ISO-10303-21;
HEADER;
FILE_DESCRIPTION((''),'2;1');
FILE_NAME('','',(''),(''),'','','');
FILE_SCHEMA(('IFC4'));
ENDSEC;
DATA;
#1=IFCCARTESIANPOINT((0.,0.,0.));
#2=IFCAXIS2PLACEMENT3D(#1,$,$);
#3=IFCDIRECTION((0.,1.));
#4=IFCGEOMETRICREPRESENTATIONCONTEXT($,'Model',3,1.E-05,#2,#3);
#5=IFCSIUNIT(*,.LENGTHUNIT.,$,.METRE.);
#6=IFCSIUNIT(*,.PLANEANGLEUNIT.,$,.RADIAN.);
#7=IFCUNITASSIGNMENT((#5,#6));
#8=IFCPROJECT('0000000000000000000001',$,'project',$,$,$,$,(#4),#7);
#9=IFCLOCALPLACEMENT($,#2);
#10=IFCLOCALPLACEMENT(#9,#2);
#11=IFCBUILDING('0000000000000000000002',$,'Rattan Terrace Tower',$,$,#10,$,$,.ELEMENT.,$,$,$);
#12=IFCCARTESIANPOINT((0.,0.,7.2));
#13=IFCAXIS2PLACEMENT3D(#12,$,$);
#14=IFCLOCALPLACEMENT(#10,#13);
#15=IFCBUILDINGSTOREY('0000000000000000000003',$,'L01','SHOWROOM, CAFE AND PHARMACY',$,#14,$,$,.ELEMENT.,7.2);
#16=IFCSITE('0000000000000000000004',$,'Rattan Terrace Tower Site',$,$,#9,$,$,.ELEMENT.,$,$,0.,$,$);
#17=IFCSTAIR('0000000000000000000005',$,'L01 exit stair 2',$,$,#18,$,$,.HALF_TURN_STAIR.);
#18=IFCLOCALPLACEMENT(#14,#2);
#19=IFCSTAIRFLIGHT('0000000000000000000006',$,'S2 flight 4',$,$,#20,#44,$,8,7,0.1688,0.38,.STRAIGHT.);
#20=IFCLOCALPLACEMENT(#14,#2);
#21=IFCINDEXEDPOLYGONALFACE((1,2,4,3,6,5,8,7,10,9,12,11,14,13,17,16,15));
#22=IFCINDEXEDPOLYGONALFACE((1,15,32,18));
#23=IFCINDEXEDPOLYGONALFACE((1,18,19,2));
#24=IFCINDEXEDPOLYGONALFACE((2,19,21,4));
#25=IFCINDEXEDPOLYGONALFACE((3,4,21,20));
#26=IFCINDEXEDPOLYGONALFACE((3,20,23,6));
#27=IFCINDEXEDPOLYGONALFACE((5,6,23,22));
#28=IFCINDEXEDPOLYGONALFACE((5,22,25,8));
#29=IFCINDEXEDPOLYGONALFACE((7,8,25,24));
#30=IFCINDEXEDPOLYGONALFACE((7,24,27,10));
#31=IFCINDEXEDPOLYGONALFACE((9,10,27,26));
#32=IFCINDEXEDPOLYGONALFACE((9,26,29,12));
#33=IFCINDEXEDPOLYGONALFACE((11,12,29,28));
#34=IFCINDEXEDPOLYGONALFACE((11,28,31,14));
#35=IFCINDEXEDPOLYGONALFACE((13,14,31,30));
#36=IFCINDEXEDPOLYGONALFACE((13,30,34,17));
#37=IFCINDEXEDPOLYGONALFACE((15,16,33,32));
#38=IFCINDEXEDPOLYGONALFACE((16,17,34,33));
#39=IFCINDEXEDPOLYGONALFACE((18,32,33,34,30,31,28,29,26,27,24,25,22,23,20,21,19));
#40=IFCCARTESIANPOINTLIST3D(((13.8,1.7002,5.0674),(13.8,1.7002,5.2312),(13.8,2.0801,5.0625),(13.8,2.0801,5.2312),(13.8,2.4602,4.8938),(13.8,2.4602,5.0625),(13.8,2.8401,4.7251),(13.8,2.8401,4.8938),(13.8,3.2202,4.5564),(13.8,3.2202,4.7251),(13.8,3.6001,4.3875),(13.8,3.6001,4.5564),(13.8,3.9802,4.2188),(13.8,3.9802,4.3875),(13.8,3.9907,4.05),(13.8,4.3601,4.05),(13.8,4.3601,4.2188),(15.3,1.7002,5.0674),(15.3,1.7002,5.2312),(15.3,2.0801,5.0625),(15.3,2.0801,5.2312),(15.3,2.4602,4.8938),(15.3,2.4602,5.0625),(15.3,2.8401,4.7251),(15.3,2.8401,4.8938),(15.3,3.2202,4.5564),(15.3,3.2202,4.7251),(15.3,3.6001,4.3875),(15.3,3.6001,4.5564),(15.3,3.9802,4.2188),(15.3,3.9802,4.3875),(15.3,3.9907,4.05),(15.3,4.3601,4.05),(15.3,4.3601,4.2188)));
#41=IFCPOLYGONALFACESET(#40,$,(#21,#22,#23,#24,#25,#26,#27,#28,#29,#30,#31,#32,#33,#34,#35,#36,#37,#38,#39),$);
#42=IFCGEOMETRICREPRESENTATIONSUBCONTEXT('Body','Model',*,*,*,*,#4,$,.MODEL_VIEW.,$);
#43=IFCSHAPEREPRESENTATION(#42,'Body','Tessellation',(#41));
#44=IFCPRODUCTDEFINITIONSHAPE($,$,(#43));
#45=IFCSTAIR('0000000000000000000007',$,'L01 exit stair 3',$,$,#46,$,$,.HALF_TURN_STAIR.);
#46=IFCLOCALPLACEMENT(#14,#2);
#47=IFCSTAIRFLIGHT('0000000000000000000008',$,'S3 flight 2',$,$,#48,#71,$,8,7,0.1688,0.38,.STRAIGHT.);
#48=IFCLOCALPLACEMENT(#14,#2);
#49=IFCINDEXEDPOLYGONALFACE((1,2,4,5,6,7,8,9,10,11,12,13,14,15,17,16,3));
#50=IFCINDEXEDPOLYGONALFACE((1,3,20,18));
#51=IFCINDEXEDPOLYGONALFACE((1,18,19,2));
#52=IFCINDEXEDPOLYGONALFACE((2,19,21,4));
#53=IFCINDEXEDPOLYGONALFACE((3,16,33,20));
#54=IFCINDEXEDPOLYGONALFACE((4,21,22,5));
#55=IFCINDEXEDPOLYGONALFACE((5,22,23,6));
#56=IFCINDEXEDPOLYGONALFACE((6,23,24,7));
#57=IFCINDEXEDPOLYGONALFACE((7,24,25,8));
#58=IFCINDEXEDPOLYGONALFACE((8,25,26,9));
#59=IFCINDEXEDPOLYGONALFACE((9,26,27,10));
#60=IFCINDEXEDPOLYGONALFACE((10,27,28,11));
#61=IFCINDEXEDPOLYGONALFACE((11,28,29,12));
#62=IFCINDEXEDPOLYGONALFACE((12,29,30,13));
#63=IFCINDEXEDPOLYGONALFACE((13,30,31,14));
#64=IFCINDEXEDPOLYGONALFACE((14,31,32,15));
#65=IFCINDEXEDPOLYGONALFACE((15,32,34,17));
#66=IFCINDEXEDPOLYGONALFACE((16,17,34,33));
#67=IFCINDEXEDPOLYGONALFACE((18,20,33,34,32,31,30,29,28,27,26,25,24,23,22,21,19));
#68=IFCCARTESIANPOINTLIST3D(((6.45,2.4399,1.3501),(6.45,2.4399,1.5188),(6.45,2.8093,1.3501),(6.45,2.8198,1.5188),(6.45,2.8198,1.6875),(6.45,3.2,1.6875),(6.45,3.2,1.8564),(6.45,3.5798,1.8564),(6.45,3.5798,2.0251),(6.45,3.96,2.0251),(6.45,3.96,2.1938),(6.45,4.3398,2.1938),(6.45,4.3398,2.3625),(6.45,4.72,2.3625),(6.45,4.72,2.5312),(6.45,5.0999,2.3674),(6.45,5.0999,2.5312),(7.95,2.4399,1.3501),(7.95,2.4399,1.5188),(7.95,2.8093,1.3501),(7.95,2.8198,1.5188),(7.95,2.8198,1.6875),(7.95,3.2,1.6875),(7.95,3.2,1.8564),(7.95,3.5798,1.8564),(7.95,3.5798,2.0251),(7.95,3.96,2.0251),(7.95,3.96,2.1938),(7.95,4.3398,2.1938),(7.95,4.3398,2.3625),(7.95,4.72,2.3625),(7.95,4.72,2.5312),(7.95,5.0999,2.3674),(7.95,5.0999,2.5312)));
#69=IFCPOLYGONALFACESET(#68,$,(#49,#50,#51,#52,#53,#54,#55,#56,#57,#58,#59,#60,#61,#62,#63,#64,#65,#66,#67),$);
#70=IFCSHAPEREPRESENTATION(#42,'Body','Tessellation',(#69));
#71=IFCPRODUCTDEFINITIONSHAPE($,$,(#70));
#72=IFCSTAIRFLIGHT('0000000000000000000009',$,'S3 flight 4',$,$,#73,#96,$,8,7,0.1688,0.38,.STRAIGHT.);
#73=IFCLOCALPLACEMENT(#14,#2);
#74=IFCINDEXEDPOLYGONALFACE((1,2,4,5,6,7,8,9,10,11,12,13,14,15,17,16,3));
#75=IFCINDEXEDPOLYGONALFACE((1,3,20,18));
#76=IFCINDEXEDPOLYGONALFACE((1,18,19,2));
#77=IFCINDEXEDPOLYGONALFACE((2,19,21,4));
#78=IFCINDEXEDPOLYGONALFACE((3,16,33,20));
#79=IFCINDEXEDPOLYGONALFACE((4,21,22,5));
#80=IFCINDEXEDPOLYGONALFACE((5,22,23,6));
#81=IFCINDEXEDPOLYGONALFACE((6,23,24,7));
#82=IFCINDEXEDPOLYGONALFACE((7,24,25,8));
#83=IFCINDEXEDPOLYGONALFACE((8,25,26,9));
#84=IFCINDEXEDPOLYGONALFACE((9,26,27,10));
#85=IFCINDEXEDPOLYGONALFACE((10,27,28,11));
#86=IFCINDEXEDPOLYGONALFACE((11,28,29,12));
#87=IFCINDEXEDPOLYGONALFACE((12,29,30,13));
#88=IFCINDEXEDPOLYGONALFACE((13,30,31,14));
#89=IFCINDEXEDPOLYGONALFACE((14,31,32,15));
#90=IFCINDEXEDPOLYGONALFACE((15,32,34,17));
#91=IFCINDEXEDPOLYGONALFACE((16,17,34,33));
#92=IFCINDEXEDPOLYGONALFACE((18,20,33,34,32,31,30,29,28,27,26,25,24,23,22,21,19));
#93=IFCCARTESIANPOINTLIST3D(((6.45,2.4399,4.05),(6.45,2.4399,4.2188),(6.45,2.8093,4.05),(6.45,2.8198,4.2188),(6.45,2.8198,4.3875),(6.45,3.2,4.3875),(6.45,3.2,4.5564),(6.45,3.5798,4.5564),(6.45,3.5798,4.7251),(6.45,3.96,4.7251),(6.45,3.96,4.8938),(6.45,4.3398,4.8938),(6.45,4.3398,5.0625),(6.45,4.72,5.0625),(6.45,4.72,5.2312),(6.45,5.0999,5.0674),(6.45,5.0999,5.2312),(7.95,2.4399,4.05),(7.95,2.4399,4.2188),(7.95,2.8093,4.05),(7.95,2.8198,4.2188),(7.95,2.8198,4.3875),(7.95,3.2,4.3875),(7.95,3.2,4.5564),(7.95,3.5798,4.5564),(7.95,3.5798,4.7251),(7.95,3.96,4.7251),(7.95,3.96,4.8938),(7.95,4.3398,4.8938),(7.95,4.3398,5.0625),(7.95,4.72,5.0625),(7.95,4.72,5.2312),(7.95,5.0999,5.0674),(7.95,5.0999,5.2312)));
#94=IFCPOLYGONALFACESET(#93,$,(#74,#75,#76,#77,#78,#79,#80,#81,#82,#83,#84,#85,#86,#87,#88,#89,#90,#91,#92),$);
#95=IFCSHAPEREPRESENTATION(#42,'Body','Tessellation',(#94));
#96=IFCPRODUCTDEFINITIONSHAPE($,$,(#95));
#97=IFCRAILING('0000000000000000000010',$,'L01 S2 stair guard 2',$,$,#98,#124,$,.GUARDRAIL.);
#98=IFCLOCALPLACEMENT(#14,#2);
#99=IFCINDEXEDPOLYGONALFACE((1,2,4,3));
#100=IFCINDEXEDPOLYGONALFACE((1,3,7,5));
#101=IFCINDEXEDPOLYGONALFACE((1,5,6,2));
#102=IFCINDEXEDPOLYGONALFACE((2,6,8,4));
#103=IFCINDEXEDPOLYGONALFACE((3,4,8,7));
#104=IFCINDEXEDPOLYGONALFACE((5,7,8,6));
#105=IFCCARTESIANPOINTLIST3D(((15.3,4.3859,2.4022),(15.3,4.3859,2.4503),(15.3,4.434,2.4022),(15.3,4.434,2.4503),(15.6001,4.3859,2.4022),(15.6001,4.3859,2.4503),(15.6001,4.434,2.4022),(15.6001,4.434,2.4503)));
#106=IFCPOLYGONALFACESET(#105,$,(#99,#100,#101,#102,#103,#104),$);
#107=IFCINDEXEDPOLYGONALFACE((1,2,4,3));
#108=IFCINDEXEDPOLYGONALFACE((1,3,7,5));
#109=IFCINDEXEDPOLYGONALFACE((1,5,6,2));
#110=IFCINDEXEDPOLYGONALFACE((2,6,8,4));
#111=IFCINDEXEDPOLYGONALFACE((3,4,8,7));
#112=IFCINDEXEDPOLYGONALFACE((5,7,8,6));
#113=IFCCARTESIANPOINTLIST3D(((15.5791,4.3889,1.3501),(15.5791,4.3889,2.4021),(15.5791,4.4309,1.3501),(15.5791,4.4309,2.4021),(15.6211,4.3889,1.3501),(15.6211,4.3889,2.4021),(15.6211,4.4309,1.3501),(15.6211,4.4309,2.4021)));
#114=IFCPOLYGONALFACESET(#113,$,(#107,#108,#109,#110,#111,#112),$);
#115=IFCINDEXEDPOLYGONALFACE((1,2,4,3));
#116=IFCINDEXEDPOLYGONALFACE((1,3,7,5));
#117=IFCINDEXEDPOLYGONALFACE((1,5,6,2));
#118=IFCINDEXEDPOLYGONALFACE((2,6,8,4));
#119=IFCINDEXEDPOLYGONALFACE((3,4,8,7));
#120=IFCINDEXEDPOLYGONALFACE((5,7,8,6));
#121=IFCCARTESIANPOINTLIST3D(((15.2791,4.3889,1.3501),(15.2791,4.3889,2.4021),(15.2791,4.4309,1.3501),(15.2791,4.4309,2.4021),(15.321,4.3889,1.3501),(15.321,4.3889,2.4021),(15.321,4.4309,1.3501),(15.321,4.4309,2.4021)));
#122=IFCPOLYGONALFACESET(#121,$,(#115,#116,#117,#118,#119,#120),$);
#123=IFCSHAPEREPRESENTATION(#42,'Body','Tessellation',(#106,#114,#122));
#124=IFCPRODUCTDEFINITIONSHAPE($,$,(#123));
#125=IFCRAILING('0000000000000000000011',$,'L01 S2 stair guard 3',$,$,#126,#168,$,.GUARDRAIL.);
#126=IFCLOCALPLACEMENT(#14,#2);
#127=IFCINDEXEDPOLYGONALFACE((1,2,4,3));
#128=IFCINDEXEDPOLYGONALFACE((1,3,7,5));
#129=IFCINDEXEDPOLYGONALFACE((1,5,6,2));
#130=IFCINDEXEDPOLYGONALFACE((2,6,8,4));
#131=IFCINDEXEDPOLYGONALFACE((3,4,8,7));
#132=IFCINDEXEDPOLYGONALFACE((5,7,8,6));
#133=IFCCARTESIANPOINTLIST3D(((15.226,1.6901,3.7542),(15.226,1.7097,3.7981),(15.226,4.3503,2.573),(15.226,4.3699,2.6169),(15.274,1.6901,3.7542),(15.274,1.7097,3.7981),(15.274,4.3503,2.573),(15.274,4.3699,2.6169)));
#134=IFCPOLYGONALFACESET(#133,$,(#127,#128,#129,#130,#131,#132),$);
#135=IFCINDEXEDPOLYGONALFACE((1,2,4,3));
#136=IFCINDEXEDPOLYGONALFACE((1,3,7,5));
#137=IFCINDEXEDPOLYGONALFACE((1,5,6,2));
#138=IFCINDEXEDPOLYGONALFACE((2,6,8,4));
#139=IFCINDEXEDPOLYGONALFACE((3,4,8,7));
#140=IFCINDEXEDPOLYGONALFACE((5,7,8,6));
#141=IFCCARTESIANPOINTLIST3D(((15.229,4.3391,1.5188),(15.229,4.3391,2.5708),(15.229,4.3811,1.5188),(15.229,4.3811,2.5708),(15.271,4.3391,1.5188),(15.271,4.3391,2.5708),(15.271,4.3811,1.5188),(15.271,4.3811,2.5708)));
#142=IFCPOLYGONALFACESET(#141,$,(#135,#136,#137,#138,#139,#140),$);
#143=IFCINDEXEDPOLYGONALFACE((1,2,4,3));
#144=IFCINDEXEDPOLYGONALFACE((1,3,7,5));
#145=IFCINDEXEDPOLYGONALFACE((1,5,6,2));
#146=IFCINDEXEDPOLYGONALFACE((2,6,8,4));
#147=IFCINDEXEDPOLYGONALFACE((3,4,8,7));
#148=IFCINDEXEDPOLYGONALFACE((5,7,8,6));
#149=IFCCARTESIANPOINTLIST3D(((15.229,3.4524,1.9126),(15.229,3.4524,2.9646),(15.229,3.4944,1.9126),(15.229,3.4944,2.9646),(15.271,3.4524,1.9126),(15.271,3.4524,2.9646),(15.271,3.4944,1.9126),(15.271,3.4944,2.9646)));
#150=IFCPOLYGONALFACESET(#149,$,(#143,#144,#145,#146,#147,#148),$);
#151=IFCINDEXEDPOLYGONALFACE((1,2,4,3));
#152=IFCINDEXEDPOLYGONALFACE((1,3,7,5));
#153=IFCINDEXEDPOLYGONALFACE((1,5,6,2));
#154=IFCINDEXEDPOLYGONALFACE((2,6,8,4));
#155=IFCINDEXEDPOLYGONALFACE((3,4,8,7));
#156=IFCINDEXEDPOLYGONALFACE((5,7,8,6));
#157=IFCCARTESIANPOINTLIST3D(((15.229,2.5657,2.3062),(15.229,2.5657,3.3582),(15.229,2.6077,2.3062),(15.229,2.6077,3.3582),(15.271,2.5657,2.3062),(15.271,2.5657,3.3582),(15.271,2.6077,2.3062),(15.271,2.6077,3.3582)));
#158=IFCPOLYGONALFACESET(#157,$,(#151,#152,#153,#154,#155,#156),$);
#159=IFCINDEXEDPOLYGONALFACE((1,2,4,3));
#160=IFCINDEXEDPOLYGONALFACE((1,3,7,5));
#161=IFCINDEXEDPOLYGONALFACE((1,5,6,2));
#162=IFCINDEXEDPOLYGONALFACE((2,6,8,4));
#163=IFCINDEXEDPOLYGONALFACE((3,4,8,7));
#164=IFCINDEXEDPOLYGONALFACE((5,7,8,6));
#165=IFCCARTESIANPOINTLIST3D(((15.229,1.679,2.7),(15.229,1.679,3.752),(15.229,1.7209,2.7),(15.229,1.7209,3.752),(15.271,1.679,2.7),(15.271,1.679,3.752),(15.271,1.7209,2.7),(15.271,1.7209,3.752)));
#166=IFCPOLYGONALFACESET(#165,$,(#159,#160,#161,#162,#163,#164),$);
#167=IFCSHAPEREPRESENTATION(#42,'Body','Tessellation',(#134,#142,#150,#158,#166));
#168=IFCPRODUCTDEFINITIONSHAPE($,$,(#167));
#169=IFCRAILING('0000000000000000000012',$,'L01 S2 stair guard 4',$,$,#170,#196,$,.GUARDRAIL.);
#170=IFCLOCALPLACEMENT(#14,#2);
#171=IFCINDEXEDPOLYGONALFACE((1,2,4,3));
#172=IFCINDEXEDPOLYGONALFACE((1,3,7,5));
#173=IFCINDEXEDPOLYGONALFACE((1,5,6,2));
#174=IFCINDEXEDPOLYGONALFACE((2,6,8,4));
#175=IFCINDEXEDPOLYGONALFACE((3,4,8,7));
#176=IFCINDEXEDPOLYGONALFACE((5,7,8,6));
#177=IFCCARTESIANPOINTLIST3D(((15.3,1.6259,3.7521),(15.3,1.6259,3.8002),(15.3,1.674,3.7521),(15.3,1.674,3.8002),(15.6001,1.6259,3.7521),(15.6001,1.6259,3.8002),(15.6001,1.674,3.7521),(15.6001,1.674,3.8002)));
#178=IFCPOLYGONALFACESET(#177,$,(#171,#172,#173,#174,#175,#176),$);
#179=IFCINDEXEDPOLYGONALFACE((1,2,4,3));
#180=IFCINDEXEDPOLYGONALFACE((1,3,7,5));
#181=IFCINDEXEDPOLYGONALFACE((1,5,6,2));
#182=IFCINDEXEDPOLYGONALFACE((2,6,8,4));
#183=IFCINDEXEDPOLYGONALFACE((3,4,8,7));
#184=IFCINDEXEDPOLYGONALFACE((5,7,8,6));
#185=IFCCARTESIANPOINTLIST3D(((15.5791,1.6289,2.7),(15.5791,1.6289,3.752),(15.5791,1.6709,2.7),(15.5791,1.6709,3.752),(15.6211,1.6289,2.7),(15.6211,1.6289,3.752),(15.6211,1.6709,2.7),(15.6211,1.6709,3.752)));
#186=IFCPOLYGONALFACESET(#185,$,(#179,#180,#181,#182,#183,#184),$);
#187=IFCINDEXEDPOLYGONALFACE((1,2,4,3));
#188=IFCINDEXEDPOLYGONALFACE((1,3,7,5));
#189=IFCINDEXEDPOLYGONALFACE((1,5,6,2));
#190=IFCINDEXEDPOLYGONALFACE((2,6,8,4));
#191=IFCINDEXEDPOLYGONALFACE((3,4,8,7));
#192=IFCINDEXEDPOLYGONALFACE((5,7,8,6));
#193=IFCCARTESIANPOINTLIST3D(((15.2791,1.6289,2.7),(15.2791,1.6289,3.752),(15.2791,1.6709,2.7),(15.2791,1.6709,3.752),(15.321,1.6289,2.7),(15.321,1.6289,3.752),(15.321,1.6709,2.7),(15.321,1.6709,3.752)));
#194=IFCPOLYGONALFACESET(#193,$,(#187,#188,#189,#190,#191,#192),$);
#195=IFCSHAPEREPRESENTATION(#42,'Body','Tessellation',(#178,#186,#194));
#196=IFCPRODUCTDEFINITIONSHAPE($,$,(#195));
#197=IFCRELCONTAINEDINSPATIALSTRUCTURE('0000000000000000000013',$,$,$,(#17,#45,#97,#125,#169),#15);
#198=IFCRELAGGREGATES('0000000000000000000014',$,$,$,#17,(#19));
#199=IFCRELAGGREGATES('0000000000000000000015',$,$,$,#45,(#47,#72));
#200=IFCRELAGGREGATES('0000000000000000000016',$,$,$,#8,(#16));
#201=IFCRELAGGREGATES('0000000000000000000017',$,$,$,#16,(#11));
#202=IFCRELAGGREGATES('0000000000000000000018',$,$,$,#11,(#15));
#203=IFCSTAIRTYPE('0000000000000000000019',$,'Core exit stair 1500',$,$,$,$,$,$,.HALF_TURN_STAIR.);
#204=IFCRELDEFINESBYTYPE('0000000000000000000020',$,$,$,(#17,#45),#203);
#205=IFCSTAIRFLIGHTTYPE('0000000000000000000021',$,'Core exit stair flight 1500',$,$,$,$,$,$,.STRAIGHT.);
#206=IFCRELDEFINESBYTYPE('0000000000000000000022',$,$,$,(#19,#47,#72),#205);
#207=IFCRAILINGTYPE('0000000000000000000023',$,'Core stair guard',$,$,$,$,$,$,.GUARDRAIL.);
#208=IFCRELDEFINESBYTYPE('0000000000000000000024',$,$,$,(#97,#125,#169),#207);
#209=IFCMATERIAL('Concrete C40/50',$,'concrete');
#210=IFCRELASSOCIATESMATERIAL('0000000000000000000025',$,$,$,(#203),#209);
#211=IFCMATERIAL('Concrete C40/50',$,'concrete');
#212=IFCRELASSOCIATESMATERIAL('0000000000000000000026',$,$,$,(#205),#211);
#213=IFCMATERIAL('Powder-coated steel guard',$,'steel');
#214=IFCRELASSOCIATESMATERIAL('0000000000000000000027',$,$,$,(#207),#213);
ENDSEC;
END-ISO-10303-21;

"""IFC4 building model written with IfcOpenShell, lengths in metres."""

from ifc_helpers import new_model, si_unit, direction, frame, origin, origin_2d, place, context, subcontext, project, spatial, polyline, rectangle, outline, extrude, material, type_object, element, aggregate, save


model = new_model("IFC4")

# Units and contexts
model_context = context("Model", 3, precision=1e-05, world=origin(), true_north=direction((0.0, 1.0)))
body_context = subcontext(model_context, "Body", "Model", "MODEL_VIEW")
ifc_project = project(units=[si_unit("LENGTHUNIT", "METRE"), si_unit("PLANEANGLEUNIT", "RADIAN")], contexts=[model_context])

# Site, building, storey
site_placement = place(None, origin())
site = spatial("IfcSite", under=ifc_project, at=site_placement, Name="Rattan Terrace Tower Site", CompositionType="ELEMENT", RefElevation=0.0)
building_placement = place(site_placement, origin())
building = spatial("IfcBuilding", under=site, at=building_placement, Name="Rattan Terrace Tower", CompositionType="ELEMENT")
storey_placement = place(building_placement, frame((0.0, 0.0, 7.2)))
storey = spatial("IfcBuildingStorey", under=building, at=storey_placement, Name="L01", Description="SHOWROOM, CAFE AND PHARMACY", CompositionType="ELEMENT", Elevation=7.2)

# Stairs, stair flights
ifc_material_1 = material(Name="Concrete C40/50", Category="concrete")
stair_type = type_object("IfcStairType", Name="Core exit stair 1500", PredefinedType="HALF_TURN_STAIR", material=ifc_material_1)
stair_1_placement = place(storey_placement, origin())
stair_1 = element("IfcStair", 1, at=stair_1_placement, inside=storey, type_object=stair_type, Name="L01 exit stair 2", PredefinedType="HALF_TURN_STAIR")
ifc_material_2 = material(Name="Concrete C40/50", Category="concrete")
stair_flight_type = type_object("IfcStairFlightType", Name="Core exit stair flight 1500", PredefinedType="STRAIGHT", material=ifc_material_2)
stair_flight_1_placement = place(storey_placement, frame((14.55, 4.3601, 4.05), z_axis=(0.0, 0.0, 1.0), x_axis=(0.0, -1.0, 0.0)))
stair_flight_1 = element("IfcStairFlight", 2, at=stair_flight_1_placement, type_object=stair_flight_type, Name="S2 flight 4", NumberOfRisers=8, NumberOfTreads=7, PredefinedType="STRAIGHT", RiserHeight=0.1688, TreadLength=0.38, context=body_context, shape_type="SweptSolid", body=[
    extrude(outline(polyline([(0.0, 0.0), (0.0, 0.1687), (0.3799, 0.1687), (0.3799, 0.3374), (0.76, 0.3374), (0.76, 0.5063), (1.1399, 0.5063), (1.1399, 0.675), (1.52, 0.675), (1.52, 0.8438), (1.8999, 0.8438), (1.8999, 1.0125), (2.28, 1.0125), (2.28, 1.1812), (2.6599, 1.1812), (2.6599, 1.3501), (2.6599, 1.0173), (0.3694, 0.0), (0.0, 0.0)])), frame((0.0, 0.75, 0.0), z_axis=(0.0, -1.0, 0.0), x_axis=(1.0, 0.0, 0.0)), (0.0, 0.0, 1.0), 1.5),
])
aggregate(stair_1, [stair_flight_1])
stair_2_placement = place(storey_placement, origin())
stair_2 = element("IfcStair", 3, at=stair_2_placement, inside=storey, type_object=stair_type, Name="L01 exit stair 3", PredefinedType="HALF_TURN_STAIR")
stair_flight_2_placement = place(storey_placement, frame((7.2, 2.4399, 1.3501), z_axis=(0.0, 0.0, 1.0), x_axis=(0.0, 1.0, 0.0)))
stair_flight_2 = element("IfcStairFlight", 4, at=stair_flight_2_placement, type_object=stair_flight_type, Name="S3 flight 2", NumberOfRisers=8, NumberOfTreads=7, PredefinedType="STRAIGHT", RiserHeight=0.1688, TreadLength=0.38, context=body_context, shape_type="SweptSolid", body=[
    extrude(outline(polyline([(0.0, 0.0), (0.0, 0.1687), (0.3799, 0.1687), (0.3799, 0.3374), (0.76, 0.3374), (0.76, 0.5063), (1.1399, 0.5063), (1.1399, 0.675), (1.52, 0.675), (1.52, 0.8438), (1.8999, 0.8438), (1.8999, 1.0125), (2.28, 1.0125), (2.28, 1.1812), (2.6599, 1.1812), (2.6599, 1.3501), (2.6599, 1.0173), (0.3694, 0.0), (0.0, 0.0)])), frame((0.0, 0.75, 0.0), z_axis=(0.0, -1.0, 0.0), x_axis=(1.0, 0.0, 0.0)), (0.0, 0.0, 1.0), 1.5),
])
stair_flight_3_placement = place(storey_placement, frame((7.2, 2.4399, 4.05), z_axis=(0.0, 0.0, 1.0), x_axis=(0.0, 1.0, 0.0)))
stair_flight_3 = element("IfcStairFlight", 5, at=stair_flight_3_placement, type_object=stair_flight_type, Name="S3 flight 4", NumberOfRisers=8, NumberOfTreads=7, PredefinedType="STRAIGHT", RiserHeight=0.1688, TreadLength=0.38, context=body_context, shape_type="SweptSolid", body=[
    extrude(outline(polyline([(0.0, 0.0), (0.0, 0.1687), (0.3799, 0.1687), (0.3799, 0.3374), (0.76, 0.3374), (0.76, 0.5063), (1.1399, 0.5063), (1.1399, 0.675), (1.52, 0.675), (1.52, 0.8438), (1.8999, 0.8438), (1.8999, 1.0125), (2.28, 1.0125), (2.28, 1.1812), (2.6599, 1.1812), (2.6599, 1.3501), (2.6599, 1.0173), (0.3694, 0.0), (0.0, 0.0)])), frame((0.0, 0.75, 0.0), z_axis=(0.0, -1.0, 0.0), x_axis=(1.0, 0.0, 0.0)), (0.0, 0.0, 1.0), 1.5),
])
aggregate(stair_2, [stair_flight_2, stair_flight_3])

# Railings
ifc_material_3 = material(Name="Powder-coated steel guard", Category="steel")
railing_type_1 = type_object("IfcRailingType", Name="Core stair guard", PredefinedType="GUARDRAIL", material=ifc_material_3)
railing_1_placement = place(storey_placement, frame((15.6001, 4.4099, 1.3501)))
element("IfcRailing", 6, at=railing_1_placement, inside=storey, type_object=railing_type_1, Name="L01 S2 stair guard 2", PredefinedType="GUARDRAIL", context=body_context, shape_type="SweptSolid", body=[
    extrude(rectangle(XDim=0.0481, YDim=0.0481, at=origin_2d()), frame((0.0, 0.0, 1.0762), z_axis=(-1.0, 0.0, 0.0), x_axis=(0.0, -1.0, 0.0)), (0.0, 0.0, 1.0), 0.3),
    extrude(rectangle(XDim=0.042, YDim=0.042, at=origin_2d()), origin(), (0.0, 0.0, 1.0), 1.052),
    extrude(rectangle(XDim=0.042, YDim=0.042, at=origin_2d()), frame((-0.3, 0.0, 0.0)), (0.0, 0.0, 1.0), 1.052),
])
railing_2_placement = place(storey_placement, frame((15.25, 4.3601, 1.5188)))
element("IfcRailing", 7, at=railing_2_placement, inside=storey, type_object=railing_type_1, Name="L01 S2 stair guard 3", PredefinedType="GUARDRAIL", context=body_context, shape_type="SweptSolid", body=[
    extrude(rectangle(XDim=0.0481, YDim=0.0481, at=origin_2d()), frame((0.0, 0.0, 1.0762), z_axis=(0.0, -0.913957, 0.405812), x_axis=(1.0, 0.0, 0.0)), (0.0, 0.0, 1.0), 2.9106),
    extrude(rectangle(XDim=0.042, YDim=0.042, at=origin_2d()), origin(), (0.0, 0.0, 1.0), 1.052),
    extrude(rectangle(XDim=0.042, YDim=0.042, at=origin_2d()), frame((0.0, -0.8867, 0.3938)), (0.0, 0.0, 1.0), 1.052),
    extrude(rectangle(XDim=0.042, YDim=0.042, at=origin_2d()), frame((0.0, -1.7734, 0.7874)), (0.0, 0.0, 1.0), 1.052),
    extrude(rectangle(XDim=0.042, YDim=0.042, at=origin_2d()), frame((0.0, -2.6602, 1.1812)), (0.0, 0.0, 1.0), 1.052),
])
for number, where, name in (
    (8, (15.6001, 1.6499, 2.7), "L01 S2 stair guard 4"),
):
    element("IfcRailing", number, at=place(storey_placement, frame(where)), inside=storey, type_object=railing_type_1, Name=name, PredefinedType="GUARDRAIL", context=body_context, shape_type="SweptSolid", body=[
        extrude(rectangle(XDim=0.0481, YDim=0.0481, at=origin_2d()), frame((0.0, 0.0, 1.0762), z_axis=(-1.0, 0.0, 0.0), x_axis=(0.0, -1.0, 0.0)), (0.0, 0.0, 1.0), 0.3),
        extrude(rectangle(XDim=0.042, YDim=0.042, at=origin_2d()), origin(), (0.0, 0.0, 1.0), 1.052),
        extrude(rectangle(XDim=0.042, YDim=0.042, at=origin_2d()), frame((-0.3, 0.0, 0.0)), (0.0, 0.0, 1.0), 1.052),
    ])

save(model, "model.ifc")
